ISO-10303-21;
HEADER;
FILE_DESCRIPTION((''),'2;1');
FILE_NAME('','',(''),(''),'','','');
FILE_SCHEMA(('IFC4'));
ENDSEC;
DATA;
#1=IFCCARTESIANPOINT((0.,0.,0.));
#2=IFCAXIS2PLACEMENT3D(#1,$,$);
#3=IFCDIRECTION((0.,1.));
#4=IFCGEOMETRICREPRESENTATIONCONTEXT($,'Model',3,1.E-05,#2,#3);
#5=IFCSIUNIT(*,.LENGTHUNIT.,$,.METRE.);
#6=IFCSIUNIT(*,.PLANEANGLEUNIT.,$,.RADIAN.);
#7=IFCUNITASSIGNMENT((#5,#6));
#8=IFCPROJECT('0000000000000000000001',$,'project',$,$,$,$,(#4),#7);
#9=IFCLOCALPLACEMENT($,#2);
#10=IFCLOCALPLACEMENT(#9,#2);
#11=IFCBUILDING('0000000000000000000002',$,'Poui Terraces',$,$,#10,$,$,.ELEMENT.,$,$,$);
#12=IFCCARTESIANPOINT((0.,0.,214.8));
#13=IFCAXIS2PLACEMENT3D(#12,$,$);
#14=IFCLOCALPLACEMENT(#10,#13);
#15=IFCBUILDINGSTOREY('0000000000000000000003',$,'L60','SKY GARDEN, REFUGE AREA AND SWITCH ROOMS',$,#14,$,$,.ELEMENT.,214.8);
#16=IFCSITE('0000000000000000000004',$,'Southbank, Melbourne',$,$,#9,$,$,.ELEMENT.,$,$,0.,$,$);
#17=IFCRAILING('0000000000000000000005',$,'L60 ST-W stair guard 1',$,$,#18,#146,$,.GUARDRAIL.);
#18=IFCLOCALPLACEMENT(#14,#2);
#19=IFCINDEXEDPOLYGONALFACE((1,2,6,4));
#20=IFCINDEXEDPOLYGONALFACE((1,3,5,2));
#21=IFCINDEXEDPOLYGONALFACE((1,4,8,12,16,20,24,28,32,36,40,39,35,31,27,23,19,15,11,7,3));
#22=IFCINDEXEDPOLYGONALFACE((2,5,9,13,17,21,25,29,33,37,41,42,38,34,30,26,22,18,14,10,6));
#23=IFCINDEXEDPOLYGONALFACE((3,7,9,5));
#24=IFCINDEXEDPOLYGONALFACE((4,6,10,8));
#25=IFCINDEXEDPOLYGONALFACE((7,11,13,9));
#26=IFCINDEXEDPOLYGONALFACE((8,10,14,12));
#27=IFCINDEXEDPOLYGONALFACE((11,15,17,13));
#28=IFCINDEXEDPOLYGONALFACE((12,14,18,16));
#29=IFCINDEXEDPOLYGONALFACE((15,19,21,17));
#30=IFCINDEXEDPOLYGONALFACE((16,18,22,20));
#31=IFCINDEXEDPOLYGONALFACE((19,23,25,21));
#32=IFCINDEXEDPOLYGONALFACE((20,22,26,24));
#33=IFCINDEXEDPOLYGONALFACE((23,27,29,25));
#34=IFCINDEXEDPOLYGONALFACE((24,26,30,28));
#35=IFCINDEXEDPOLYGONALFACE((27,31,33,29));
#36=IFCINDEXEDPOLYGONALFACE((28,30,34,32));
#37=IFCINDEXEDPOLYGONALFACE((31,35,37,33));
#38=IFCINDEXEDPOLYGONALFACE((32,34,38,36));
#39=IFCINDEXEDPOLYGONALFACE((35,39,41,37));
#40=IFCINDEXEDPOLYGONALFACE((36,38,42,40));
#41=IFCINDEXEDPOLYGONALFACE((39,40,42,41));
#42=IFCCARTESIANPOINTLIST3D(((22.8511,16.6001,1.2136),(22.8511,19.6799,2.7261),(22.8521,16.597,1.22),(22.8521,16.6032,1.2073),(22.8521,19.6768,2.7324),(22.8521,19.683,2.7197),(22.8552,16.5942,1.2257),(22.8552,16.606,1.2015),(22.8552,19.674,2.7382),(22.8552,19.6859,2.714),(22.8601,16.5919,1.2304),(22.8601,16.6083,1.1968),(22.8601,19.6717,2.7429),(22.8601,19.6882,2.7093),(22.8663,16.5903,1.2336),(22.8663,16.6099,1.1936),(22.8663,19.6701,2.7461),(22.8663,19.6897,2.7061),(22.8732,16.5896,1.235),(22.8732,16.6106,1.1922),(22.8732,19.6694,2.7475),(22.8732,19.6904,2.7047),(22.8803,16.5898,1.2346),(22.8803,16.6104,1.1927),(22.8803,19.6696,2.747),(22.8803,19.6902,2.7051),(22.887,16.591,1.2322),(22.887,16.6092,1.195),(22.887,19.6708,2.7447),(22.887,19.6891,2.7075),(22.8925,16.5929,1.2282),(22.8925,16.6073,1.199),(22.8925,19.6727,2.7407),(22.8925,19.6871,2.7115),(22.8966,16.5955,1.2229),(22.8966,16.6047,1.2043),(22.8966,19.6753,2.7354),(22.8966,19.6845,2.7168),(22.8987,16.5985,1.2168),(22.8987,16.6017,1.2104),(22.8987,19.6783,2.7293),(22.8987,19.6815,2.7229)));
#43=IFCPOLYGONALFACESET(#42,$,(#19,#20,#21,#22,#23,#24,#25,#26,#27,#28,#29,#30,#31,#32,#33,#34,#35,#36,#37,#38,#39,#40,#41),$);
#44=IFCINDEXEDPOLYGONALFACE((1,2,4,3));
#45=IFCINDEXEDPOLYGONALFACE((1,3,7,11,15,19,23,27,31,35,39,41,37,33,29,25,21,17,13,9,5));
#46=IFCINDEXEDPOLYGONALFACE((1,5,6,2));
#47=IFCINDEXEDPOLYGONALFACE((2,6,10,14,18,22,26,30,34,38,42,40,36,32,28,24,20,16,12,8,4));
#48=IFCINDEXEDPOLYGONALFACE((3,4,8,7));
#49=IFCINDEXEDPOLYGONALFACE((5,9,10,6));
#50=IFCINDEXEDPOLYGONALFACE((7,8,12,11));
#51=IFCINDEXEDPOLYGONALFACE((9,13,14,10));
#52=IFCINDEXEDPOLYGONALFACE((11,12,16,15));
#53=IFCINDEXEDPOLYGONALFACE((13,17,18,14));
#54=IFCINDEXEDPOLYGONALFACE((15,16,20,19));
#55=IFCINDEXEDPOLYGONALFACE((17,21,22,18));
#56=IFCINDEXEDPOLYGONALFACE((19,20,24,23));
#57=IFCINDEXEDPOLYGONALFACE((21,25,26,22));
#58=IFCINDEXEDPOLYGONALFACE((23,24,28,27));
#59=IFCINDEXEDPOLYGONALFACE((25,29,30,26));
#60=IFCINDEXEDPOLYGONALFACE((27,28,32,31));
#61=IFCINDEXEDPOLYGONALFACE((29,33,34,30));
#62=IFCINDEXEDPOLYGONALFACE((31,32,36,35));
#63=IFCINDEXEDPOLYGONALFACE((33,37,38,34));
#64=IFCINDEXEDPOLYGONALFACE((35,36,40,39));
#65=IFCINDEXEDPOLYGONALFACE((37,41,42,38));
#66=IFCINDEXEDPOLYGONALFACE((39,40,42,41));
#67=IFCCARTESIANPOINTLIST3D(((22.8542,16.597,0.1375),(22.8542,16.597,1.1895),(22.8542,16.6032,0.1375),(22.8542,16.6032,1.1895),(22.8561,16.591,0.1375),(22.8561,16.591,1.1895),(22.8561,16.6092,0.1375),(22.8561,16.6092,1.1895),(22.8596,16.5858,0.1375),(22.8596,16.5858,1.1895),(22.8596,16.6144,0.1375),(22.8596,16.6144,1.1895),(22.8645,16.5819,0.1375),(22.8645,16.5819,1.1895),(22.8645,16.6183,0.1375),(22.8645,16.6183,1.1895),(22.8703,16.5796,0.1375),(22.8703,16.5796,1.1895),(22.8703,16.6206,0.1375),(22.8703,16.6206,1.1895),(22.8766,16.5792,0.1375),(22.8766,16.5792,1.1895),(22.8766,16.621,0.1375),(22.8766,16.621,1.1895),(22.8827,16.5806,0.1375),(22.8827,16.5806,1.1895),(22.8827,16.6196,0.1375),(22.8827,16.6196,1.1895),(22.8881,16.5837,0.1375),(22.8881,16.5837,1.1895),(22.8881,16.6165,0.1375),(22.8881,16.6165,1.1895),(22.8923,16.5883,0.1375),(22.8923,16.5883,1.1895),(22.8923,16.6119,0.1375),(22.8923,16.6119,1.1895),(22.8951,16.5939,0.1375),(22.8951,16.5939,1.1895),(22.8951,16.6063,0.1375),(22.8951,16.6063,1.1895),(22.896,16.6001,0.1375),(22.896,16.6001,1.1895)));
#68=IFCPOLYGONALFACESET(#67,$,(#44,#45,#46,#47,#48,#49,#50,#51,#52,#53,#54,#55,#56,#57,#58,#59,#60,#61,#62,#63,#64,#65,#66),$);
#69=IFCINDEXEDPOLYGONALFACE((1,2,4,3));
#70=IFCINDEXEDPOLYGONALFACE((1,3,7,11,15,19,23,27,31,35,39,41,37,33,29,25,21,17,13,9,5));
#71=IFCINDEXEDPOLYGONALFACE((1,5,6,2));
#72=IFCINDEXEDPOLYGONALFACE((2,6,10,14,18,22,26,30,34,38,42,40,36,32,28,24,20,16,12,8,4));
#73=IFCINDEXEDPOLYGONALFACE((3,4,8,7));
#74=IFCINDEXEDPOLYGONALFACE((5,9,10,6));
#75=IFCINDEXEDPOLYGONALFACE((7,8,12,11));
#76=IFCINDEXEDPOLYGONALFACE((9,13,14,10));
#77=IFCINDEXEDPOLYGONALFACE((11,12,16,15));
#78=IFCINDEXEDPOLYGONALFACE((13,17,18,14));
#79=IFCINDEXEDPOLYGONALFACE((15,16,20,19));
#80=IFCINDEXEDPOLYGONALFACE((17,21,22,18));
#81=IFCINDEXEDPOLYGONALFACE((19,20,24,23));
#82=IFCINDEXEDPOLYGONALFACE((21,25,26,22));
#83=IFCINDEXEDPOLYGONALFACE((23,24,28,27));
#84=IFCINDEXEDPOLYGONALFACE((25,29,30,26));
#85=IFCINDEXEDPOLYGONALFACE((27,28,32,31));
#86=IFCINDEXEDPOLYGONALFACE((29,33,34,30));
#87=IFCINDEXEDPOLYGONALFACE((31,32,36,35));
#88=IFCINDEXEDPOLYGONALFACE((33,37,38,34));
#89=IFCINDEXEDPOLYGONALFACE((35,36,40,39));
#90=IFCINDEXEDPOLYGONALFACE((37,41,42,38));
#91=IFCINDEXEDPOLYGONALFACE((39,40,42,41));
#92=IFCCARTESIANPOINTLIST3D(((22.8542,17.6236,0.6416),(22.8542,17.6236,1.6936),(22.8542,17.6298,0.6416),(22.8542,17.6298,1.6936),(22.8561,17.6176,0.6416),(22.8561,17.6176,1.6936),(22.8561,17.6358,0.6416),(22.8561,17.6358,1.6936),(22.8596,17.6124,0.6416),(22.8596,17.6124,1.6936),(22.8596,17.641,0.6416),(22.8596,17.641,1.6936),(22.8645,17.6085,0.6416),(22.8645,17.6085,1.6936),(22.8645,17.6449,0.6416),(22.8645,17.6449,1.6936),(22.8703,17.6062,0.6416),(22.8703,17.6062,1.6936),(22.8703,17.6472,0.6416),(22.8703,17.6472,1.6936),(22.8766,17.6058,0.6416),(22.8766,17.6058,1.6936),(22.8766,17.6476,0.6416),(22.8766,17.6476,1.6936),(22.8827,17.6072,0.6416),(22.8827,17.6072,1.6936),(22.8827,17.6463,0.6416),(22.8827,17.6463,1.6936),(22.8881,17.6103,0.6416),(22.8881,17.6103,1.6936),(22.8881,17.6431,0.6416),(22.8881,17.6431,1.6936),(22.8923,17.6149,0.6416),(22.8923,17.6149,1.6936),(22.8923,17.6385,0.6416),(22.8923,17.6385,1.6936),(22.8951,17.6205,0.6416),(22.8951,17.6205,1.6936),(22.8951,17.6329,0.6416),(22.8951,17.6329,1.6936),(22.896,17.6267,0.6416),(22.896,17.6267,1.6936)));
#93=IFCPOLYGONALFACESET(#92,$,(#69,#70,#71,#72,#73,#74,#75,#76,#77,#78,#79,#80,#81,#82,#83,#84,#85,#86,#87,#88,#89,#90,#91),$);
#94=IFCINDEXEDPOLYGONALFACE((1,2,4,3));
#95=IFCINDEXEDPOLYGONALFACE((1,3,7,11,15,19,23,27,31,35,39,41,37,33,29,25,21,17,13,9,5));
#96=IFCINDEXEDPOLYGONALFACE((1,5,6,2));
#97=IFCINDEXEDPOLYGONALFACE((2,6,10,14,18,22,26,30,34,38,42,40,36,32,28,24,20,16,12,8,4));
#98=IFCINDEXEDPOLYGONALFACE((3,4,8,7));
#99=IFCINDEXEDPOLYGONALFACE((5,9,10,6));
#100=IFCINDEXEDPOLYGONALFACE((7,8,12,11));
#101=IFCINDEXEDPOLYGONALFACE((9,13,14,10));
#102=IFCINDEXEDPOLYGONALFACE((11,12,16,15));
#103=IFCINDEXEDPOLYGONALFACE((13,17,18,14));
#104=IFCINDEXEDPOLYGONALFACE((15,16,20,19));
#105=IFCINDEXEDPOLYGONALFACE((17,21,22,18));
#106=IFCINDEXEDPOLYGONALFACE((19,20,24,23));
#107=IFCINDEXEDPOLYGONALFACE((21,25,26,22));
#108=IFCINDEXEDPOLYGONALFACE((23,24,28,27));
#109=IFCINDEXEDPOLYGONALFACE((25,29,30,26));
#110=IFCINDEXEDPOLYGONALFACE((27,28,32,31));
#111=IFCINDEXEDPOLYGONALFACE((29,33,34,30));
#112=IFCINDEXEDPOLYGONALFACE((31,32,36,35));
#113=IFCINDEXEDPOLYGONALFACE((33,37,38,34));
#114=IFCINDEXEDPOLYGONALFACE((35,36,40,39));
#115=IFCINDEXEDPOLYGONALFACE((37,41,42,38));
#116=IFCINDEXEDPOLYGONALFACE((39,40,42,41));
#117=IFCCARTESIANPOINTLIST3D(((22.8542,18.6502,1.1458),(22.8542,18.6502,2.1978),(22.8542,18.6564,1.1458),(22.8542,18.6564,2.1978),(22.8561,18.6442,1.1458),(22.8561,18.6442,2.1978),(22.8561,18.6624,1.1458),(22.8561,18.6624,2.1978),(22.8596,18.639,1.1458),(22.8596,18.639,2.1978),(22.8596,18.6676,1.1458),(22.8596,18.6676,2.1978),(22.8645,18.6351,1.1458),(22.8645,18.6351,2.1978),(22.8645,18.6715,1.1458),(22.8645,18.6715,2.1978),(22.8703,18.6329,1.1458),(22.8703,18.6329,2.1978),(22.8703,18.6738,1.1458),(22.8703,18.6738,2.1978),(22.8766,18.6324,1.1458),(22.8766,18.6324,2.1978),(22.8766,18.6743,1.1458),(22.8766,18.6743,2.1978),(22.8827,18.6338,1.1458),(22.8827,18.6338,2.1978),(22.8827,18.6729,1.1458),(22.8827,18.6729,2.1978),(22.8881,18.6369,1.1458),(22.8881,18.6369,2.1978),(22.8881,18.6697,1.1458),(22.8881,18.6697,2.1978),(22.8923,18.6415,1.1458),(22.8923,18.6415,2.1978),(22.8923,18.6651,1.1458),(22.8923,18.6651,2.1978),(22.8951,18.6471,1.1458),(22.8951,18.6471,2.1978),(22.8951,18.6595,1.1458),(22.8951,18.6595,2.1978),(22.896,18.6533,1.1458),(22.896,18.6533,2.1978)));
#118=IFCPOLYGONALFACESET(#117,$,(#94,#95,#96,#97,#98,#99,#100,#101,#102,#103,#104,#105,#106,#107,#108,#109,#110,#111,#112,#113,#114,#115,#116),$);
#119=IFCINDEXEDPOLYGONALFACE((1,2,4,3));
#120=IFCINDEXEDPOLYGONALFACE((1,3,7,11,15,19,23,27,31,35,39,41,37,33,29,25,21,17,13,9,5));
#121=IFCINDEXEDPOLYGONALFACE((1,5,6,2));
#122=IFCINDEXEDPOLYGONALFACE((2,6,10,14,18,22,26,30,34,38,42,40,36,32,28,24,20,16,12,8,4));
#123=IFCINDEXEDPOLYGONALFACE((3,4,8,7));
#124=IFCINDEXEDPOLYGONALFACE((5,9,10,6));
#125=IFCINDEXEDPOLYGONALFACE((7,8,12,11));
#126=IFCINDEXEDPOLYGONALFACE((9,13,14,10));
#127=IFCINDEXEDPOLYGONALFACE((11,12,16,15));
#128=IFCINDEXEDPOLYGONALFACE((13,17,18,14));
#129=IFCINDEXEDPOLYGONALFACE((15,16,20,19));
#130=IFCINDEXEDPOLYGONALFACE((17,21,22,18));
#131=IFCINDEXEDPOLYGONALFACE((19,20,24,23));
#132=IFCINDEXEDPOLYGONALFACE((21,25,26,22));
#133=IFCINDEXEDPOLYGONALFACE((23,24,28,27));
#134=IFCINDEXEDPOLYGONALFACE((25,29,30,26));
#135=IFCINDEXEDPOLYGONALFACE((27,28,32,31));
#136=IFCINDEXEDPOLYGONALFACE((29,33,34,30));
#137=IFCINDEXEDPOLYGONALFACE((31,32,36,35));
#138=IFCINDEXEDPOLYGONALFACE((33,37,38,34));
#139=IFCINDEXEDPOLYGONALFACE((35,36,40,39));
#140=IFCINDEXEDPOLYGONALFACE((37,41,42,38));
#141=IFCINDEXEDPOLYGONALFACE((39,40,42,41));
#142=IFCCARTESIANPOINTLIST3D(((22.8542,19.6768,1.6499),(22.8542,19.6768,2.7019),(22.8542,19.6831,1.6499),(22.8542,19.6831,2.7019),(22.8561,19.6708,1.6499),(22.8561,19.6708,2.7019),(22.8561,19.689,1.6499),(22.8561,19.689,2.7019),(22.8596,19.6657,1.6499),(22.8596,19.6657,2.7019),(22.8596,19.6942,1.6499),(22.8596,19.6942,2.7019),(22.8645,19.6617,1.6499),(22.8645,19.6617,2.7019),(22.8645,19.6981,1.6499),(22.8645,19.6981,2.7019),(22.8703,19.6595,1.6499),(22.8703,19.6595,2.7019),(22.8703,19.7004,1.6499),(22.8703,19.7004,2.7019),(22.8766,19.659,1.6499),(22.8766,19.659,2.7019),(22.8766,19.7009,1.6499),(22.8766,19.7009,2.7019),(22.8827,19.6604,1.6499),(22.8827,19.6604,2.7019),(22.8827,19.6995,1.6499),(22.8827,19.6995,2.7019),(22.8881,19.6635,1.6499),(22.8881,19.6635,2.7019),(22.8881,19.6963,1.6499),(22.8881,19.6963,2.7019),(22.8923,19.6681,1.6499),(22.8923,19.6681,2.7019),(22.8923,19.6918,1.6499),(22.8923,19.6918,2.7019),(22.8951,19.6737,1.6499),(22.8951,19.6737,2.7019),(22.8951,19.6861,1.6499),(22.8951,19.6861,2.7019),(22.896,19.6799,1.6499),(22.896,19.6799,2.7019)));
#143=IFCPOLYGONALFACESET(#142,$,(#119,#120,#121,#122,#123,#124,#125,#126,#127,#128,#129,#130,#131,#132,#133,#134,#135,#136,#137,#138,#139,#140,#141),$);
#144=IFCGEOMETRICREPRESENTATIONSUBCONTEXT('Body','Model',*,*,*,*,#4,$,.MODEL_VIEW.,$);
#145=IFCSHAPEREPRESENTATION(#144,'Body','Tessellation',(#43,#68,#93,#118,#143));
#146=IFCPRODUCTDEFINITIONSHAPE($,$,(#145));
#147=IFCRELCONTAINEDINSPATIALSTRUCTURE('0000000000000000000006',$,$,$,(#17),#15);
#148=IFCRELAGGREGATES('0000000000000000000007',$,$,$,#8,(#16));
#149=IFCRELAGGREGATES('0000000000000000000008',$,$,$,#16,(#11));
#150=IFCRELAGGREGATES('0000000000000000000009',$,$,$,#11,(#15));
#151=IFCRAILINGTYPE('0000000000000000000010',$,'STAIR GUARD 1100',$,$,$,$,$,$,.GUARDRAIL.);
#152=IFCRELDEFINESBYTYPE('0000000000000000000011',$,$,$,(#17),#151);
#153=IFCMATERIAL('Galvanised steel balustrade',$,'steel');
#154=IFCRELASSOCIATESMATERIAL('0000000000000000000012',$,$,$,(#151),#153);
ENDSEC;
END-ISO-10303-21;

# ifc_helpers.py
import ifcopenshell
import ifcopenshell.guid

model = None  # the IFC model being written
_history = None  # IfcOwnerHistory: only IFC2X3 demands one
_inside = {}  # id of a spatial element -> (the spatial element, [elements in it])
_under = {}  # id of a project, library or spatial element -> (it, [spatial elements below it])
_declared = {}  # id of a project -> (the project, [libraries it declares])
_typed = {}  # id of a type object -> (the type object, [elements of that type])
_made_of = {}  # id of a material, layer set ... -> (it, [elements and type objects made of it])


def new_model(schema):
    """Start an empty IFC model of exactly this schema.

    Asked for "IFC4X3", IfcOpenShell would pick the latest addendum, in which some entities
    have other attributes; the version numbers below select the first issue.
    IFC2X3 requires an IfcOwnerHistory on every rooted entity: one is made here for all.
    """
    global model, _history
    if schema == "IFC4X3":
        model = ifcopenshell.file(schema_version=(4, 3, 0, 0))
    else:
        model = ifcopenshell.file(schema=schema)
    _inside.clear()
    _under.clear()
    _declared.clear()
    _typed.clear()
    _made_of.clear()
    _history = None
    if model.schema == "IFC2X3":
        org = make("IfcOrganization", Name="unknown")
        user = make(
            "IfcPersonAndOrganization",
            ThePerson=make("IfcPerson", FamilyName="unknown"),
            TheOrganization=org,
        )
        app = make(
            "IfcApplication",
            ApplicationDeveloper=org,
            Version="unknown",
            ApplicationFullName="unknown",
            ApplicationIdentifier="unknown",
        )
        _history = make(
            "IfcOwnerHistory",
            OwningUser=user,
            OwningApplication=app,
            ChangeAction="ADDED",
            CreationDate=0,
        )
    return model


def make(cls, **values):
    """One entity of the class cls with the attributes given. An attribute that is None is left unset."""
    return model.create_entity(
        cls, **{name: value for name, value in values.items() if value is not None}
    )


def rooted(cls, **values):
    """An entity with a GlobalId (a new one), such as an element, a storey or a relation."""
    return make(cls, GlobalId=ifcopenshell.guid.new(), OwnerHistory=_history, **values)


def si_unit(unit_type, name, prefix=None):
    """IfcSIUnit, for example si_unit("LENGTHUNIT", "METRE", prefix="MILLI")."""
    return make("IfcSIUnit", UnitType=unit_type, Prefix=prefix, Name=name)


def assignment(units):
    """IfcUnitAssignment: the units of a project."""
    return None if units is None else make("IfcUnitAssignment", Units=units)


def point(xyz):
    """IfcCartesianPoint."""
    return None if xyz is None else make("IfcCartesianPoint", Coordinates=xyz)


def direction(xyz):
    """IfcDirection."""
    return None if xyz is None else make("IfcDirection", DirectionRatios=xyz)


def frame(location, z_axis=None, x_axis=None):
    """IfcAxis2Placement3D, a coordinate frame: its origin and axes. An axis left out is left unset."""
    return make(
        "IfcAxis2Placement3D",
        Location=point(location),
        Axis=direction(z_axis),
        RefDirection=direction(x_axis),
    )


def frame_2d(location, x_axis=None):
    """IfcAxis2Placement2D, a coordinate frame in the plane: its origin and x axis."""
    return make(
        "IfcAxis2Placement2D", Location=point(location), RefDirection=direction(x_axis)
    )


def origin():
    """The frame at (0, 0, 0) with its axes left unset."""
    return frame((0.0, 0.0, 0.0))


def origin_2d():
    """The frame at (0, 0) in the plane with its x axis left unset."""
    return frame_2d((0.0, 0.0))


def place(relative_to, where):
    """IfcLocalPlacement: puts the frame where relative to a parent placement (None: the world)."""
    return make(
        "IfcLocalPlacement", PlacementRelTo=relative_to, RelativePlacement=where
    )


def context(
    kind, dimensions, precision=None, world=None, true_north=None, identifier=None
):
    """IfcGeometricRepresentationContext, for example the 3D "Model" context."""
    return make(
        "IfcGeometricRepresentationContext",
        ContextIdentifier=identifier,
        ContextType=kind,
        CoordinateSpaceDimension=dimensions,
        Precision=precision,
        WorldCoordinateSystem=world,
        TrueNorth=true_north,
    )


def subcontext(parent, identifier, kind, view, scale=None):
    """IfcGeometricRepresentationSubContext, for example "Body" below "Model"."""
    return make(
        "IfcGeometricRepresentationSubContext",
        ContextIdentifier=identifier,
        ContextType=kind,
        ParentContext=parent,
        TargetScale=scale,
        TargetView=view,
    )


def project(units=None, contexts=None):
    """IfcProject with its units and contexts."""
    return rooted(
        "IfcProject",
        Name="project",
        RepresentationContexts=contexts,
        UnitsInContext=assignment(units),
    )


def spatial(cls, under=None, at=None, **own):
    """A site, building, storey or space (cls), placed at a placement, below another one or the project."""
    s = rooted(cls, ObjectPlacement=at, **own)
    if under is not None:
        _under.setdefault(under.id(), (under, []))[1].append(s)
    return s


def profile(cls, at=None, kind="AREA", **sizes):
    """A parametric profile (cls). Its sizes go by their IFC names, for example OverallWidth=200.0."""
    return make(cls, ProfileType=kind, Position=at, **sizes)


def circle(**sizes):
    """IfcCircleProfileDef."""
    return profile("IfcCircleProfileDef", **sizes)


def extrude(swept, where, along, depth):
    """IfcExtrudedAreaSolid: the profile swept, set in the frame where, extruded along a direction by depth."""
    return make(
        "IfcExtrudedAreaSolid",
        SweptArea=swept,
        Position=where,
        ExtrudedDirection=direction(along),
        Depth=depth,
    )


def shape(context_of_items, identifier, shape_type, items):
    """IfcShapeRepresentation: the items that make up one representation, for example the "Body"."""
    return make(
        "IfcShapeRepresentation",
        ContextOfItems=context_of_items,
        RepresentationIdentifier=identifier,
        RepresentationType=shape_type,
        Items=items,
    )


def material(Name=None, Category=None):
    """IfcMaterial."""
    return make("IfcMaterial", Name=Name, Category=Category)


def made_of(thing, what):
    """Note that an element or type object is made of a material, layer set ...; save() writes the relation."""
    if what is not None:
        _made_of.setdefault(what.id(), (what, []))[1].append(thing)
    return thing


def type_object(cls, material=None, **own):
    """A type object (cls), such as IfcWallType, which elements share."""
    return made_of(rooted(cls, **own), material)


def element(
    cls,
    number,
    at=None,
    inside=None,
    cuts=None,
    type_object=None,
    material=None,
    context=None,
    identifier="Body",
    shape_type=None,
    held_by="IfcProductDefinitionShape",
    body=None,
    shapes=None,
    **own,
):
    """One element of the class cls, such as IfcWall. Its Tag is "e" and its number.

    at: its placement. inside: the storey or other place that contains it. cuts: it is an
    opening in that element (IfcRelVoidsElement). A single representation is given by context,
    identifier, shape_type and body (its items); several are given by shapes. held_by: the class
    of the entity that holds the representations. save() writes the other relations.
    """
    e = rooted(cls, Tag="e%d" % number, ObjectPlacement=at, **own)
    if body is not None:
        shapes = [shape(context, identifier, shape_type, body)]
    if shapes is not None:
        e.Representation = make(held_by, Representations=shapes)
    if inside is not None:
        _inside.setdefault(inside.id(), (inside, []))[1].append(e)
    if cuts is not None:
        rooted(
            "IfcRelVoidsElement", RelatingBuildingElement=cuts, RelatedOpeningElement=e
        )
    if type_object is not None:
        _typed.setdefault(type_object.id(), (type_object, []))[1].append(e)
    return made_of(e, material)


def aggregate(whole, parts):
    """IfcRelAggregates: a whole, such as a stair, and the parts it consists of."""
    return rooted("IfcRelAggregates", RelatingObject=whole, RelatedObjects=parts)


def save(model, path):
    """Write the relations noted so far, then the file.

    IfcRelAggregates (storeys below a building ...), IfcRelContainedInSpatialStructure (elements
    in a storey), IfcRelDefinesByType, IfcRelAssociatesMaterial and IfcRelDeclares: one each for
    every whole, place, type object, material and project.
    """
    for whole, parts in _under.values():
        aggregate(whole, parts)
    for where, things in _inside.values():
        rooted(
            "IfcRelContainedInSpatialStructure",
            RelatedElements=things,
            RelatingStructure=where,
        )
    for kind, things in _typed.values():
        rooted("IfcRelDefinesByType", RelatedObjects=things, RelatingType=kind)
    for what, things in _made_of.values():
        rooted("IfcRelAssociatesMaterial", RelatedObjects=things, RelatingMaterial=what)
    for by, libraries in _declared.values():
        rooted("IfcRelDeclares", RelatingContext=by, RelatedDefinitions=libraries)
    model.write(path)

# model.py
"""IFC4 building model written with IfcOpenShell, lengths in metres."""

from ifc_helpers import new_model, si_unit, direction, frame, origin, origin_2d, place, context, subcontext, project, spatial, circle, extrude, material, type_object, element, save


model = new_model("IFC4")

# Units and contexts
model_context = context("Model", 3, precision=1e-05, world=origin(), true_north=direction((0.0, 1.0)))
body_context = subcontext(model_context, "Body", "Model", "MODEL_VIEW")
ifc_project = project(units=[si_unit("LENGTHUNIT", "METRE"), si_unit("PLANEANGLEUNIT", "RADIAN")], contexts=[model_context])

# Site, building, storey
site_placement = place(None, origin())
site = spatial("IfcSite", under=ifc_project, at=site_placement, Name="Southbank, Melbourne", CompositionType="ELEMENT", RefElevation=0.0)
building_placement = place(site_placement, origin())
building = spatial("IfcBuilding", under=site, at=building_placement, Name="Poui Terraces", CompositionType="ELEMENT")
storey_placement = place(building_placement, frame((0.0, 0.0, 214.8)))
storey = spatial("IfcBuildingStorey", under=building, at=storey_placement, Name="L60", Description="SKY GARDEN, REFUGE AREA AND SWITCH ROOMS", CompositionType="ELEMENT", Elevation=214.8)

# Railing
ifc_material_1 = material(Name="Galvanised steel balustrade", Category="steel")
railing_type = type_object("IfcRailingType", Name="STAIR GUARD 1100", PredefinedType="GUARDRAIL", material=ifc_material_1)
railing_placement = place(storey_placement, frame((22.875, 16.6001, 0.1375)))
element("IfcRailing", 1, at=railing_placement, inside=storey, type_object=railing_type, Name="L60 ST-W stair guard 1", PredefinedType="GUARDRAIL", context=body_context, shape_type="SweptSolid", body=[
    extrude(circle(Radius=0.0239, at=origin_2d()), frame((0.0, 0.0, 1.0762), z_axis=(0.0, 0.897606, 0.440798), x_axis=(-1.0, 0.0, 0.0)), (0.0, 0.0, 1.0), 3.4312),
    extrude(circle(Radius=0.021, at=origin_2d()), origin(), (0.0, 0.0, 1.0), 1.052),
    extrude(circle(Radius=0.021, at=origin_2d()), frame((0.0, 1.0266, 0.5042)), (0.0, 0.0, 1.0), 1.052),
    extrude(circle(Radius=0.021, at=origin_2d()), frame((0.0, 2.0532, 1.0083)), (0.0, 0.0, 1.0), 1.052),
    extrude(circle(Radius=0.021, at=origin_2d()), frame((0.0, 3.0798, 1.5125)), (0.0, 0.0, 1.0), 1.052),
])

save(model, "model.ifc")
